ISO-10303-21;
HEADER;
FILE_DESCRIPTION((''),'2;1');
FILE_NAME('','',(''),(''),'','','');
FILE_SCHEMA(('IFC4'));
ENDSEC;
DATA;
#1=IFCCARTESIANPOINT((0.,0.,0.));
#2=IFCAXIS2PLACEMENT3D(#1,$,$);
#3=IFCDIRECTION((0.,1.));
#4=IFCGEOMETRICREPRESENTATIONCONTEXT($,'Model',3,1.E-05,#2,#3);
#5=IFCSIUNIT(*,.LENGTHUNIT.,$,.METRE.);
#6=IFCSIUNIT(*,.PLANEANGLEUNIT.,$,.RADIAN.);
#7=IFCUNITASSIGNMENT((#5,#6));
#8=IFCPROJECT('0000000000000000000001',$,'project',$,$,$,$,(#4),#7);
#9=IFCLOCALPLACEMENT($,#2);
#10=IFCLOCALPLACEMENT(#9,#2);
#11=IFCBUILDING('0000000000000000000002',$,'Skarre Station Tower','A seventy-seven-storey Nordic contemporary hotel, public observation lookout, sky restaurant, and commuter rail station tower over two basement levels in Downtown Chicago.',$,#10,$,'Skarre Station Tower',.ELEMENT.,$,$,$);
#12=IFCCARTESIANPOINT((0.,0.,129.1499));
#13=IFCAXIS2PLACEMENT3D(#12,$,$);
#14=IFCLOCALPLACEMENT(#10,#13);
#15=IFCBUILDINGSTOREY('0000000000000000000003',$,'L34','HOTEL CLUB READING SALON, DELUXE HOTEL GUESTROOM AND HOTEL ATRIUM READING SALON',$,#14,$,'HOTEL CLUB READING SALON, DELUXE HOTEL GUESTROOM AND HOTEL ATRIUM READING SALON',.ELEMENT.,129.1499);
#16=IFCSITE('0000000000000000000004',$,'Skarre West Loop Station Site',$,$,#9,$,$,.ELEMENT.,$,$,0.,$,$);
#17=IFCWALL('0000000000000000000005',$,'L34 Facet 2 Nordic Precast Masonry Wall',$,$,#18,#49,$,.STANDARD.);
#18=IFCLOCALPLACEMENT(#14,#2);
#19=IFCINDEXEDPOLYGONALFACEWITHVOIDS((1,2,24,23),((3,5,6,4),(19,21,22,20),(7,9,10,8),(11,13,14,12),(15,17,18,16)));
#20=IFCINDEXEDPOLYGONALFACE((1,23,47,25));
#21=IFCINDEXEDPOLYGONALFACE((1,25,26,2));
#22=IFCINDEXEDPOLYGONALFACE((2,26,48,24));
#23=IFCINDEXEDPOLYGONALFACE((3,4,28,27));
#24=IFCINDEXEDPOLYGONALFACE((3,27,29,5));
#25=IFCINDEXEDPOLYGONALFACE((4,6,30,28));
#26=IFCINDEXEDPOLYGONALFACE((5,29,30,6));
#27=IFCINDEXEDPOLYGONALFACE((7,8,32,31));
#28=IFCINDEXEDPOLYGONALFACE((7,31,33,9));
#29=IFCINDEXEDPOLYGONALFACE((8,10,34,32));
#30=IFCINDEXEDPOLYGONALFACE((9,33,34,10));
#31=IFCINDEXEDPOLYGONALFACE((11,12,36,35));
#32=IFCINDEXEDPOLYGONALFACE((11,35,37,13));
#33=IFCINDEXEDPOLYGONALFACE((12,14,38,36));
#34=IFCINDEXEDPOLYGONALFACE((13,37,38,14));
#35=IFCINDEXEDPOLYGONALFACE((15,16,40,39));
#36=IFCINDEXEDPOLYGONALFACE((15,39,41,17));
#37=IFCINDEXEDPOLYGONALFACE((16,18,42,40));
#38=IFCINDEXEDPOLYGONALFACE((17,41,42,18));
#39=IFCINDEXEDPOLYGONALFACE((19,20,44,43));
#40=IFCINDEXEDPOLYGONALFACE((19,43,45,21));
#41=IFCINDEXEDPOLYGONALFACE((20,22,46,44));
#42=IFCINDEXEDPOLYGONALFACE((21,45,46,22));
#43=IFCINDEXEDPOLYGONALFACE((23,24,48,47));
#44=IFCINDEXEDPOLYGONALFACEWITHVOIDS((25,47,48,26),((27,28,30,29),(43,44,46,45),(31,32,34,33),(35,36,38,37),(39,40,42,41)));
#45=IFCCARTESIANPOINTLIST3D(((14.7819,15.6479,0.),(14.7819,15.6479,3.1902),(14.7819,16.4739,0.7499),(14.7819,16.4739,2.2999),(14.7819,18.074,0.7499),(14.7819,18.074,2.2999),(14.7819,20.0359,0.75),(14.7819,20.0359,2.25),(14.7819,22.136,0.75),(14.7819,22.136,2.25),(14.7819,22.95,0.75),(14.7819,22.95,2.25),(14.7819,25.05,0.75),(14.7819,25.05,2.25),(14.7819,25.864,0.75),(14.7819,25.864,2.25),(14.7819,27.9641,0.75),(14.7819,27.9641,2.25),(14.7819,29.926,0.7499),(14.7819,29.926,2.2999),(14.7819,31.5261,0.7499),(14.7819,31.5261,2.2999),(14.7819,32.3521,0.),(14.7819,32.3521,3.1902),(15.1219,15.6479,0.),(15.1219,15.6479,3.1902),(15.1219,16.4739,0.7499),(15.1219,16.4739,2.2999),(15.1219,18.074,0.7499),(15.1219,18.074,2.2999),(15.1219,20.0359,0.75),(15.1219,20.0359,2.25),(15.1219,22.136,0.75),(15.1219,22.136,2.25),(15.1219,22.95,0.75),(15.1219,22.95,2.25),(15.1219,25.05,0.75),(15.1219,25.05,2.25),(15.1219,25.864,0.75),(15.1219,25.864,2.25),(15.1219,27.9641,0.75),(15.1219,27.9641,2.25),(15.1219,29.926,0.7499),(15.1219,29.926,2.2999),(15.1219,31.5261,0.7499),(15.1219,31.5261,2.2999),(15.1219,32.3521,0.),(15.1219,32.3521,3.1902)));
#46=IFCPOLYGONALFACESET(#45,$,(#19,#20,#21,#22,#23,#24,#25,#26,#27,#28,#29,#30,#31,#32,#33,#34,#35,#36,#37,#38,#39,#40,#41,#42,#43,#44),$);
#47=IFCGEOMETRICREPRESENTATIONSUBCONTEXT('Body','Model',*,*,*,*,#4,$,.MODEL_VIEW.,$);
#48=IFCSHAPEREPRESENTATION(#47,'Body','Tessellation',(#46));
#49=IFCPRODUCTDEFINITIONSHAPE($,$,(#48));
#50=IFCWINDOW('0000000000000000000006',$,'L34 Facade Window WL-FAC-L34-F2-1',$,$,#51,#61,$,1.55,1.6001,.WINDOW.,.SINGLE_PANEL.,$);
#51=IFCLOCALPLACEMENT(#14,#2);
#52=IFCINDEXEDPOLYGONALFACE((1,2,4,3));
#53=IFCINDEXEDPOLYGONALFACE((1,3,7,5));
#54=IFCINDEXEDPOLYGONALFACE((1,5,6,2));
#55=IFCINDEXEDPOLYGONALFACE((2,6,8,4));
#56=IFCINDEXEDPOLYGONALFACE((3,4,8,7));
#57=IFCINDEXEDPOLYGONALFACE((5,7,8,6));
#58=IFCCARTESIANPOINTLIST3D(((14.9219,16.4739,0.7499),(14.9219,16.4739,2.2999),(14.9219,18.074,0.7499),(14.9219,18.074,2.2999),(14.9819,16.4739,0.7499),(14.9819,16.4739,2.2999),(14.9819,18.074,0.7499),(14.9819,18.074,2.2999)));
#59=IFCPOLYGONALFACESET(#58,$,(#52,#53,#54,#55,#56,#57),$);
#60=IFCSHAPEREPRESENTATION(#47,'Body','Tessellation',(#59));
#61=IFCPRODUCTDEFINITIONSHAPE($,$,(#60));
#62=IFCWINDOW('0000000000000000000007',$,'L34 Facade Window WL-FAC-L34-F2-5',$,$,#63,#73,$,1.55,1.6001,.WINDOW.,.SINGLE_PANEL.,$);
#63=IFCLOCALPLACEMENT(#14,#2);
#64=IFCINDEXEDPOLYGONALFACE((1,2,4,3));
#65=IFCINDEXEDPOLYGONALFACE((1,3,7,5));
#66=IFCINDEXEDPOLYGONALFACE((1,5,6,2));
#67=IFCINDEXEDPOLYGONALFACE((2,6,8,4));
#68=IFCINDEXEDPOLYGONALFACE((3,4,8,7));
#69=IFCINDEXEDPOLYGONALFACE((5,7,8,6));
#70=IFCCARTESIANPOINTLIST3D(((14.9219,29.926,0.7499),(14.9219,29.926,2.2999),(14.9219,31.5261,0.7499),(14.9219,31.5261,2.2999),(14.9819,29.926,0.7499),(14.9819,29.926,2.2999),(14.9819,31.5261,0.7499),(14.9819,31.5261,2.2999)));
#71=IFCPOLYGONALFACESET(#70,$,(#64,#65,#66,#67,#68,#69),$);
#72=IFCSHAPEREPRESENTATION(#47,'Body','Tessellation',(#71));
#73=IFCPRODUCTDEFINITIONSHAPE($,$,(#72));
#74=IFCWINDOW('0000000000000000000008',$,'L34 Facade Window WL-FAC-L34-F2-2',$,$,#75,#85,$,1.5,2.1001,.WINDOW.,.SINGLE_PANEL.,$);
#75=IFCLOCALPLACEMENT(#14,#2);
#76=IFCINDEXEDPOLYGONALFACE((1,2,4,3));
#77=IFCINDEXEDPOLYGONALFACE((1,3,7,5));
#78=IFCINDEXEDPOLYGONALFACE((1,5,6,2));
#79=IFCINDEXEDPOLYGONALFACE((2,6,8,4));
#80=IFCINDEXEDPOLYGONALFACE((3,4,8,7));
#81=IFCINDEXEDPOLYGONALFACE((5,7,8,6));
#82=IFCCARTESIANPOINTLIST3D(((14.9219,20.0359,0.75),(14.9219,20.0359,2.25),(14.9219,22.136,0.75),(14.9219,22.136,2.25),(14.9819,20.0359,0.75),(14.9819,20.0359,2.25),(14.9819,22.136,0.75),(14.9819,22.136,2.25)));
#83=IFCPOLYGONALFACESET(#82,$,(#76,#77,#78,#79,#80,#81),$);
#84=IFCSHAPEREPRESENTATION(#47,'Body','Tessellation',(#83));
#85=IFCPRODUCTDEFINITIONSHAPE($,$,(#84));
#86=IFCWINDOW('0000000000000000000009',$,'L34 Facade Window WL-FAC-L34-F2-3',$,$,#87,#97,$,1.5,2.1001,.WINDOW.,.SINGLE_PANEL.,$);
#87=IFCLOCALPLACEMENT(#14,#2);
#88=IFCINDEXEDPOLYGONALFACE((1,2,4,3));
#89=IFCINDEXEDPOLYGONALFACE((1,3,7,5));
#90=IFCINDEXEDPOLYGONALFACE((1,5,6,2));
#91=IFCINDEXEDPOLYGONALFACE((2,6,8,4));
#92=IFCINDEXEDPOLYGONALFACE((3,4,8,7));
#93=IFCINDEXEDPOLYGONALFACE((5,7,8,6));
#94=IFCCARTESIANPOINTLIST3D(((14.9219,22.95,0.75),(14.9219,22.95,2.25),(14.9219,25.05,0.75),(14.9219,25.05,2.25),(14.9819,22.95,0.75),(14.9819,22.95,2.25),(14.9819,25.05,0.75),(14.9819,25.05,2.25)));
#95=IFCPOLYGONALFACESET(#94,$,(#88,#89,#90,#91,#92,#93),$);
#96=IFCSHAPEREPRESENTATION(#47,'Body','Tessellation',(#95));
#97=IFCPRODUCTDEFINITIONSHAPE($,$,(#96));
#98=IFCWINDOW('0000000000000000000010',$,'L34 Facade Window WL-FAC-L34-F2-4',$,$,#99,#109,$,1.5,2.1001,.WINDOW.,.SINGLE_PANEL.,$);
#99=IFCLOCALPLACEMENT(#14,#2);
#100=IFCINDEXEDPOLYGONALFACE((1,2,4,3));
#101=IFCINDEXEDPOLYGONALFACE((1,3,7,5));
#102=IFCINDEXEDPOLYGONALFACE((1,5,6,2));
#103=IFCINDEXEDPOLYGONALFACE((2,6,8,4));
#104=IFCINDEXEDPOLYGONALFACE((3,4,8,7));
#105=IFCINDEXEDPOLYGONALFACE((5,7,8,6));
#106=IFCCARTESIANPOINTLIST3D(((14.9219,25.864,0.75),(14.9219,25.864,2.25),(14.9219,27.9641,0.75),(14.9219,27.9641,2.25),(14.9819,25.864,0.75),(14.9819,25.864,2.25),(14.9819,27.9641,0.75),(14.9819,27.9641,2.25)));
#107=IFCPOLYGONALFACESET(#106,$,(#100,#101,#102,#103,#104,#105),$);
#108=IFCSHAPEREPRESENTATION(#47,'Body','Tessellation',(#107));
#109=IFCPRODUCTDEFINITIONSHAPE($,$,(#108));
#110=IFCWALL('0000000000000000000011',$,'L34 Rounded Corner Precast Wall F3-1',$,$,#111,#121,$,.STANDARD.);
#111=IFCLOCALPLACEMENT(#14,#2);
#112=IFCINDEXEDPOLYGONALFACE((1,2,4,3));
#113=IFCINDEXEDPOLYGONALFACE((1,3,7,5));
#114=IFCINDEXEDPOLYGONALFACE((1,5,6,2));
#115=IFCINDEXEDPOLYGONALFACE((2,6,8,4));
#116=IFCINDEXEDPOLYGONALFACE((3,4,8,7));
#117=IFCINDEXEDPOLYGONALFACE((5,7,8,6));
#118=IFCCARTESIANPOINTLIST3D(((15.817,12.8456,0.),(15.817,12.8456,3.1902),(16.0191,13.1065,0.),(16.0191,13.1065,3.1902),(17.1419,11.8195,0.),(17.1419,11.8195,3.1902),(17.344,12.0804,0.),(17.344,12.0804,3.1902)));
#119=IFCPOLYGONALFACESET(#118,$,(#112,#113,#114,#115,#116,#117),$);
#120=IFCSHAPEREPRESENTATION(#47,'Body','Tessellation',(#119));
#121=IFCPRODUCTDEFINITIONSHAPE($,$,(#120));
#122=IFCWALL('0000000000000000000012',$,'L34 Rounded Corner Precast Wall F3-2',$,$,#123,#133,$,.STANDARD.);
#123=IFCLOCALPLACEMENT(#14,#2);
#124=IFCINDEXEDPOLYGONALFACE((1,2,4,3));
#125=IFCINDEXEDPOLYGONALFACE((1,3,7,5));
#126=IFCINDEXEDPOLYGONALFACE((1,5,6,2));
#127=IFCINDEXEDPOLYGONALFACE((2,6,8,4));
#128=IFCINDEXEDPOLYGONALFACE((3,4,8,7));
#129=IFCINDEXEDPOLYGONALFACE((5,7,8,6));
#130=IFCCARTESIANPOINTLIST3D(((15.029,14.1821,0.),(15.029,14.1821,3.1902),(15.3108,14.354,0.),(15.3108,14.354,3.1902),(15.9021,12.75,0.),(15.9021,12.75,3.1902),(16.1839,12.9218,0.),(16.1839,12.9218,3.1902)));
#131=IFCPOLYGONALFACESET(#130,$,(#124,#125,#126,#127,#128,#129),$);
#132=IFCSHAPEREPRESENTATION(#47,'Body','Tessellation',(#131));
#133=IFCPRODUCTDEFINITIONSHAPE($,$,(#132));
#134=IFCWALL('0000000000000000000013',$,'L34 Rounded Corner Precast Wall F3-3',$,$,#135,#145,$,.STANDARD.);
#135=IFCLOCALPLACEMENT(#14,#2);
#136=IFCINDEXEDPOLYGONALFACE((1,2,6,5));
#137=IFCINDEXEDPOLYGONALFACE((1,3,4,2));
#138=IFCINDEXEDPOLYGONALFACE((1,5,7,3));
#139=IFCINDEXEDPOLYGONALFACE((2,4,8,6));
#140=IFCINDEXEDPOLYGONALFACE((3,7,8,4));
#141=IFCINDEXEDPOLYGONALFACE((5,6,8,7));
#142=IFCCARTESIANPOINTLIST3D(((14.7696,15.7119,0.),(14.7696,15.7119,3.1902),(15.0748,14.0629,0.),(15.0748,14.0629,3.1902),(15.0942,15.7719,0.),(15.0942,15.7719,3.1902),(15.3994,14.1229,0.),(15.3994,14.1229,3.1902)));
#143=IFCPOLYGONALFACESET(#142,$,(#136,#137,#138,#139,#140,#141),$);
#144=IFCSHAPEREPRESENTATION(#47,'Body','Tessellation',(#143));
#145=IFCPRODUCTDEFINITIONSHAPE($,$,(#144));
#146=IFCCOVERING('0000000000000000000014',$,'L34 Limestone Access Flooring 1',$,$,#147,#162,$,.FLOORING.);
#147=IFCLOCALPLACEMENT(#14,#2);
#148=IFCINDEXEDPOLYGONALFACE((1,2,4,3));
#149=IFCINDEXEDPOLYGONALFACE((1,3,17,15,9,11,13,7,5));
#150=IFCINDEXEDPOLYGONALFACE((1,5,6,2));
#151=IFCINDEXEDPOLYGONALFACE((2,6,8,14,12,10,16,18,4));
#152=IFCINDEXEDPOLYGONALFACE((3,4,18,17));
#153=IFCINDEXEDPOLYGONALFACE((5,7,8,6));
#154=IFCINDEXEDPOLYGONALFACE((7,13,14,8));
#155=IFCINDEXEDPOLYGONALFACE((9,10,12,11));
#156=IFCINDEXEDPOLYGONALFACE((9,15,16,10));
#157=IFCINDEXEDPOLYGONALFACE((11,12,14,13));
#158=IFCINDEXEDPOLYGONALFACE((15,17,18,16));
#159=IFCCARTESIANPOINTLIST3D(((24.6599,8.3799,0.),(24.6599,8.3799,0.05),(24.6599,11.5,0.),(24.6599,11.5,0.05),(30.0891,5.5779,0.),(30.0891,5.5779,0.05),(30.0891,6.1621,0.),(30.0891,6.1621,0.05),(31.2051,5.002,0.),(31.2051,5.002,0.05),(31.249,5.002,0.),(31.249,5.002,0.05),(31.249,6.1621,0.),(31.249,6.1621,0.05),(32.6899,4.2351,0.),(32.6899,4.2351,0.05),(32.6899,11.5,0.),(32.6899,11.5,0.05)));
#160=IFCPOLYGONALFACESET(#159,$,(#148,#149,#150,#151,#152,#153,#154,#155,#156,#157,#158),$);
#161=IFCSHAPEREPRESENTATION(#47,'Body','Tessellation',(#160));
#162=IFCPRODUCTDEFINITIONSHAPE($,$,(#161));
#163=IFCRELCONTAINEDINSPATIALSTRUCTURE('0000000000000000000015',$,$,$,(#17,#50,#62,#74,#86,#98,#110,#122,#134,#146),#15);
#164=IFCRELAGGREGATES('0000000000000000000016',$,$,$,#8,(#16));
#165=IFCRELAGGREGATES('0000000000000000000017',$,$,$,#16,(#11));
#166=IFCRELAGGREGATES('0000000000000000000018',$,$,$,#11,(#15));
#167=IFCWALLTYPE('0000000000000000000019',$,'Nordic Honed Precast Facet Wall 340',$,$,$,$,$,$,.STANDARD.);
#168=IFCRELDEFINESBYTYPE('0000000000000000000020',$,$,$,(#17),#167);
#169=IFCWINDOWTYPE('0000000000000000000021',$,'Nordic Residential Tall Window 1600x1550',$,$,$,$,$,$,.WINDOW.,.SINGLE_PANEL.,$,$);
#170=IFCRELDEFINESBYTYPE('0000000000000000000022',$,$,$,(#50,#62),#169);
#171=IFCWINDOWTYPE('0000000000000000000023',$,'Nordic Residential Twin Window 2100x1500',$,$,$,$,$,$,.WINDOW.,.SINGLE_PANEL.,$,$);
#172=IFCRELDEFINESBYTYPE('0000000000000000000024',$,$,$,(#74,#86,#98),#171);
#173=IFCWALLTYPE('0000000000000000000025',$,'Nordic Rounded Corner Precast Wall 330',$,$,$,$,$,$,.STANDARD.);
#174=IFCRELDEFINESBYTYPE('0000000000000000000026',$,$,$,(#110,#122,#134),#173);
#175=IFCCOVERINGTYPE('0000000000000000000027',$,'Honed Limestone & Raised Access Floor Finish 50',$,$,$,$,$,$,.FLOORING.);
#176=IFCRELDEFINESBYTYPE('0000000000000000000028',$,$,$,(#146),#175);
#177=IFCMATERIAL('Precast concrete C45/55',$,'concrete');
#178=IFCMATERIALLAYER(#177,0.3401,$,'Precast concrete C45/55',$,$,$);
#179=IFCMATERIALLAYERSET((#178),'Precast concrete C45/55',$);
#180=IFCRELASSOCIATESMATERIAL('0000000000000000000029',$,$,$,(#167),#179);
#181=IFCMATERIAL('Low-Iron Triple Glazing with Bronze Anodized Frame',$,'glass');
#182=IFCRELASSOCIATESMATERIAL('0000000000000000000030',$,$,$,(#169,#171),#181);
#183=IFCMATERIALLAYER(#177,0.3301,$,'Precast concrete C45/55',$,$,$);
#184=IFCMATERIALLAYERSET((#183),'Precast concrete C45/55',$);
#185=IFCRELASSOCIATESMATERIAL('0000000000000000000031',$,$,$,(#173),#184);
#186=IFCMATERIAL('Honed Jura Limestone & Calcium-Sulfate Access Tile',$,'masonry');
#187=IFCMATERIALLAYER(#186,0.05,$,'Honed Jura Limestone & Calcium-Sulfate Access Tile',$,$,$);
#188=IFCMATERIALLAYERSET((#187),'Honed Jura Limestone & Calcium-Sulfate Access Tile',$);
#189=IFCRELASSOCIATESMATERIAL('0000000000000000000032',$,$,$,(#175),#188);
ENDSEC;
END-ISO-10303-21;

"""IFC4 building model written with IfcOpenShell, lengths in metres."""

from ifc_helpers import new_model, si_unit, direction, frame, frame_2d, origin, place, context, subcontext, project, spatial, polyline, rectangle, outline, extrude, material, layer, layer_set, type_object, element, fill, save


model = new_model("IFC4")

# Units and contexts
model_context = context("Model", 3, precision=1e-05, world=origin(), true_north=direction((0.0, 1.0)))
body_context = subcontext(model_context, "Body", "Model", "MODEL_VIEW")
ifc_project = project(units=[si_unit("LENGTHUNIT", "METRE"), si_unit("PLANEANGLEUNIT", "RADIAN")], contexts=[model_context])

# Site, building, storey
site_placement = place(None, origin())
site = spatial("IfcSite", under=ifc_project, at=site_placement, Name="Skarre West Loop Station Site", CompositionType="ELEMENT", RefElevation=0.0)
building_placement = place(site_placement, origin())
building = spatial("IfcBuilding", under=site, at=building_placement, Name="Skarre Station Tower", Description="A seventy-seven-storey Nordic contemporary hotel, public observation lookout, sky restaurant, and commuter rail station tower over two basement levels in Downtown Chicago.", LongName="Skarre Station Tower", CompositionType="ELEMENT")
storey_placement = place(building_placement, frame((0.0, 0.0, 129.1499)))
storey = spatial("IfcBuildingStorey", under=building, at=storey_placement, Name="L34", Description="HOTEL CLUB READING SALON, DELUXE HOTEL GUESTROOM AND HOTEL ATRIUM READING SALON", LongName="HOTEL CLUB READING SALON, DELUXE HOTEL GUESTROOM AND HOTEL ATRIUM READING SALON", CompositionType="ELEMENT", Elevation=129.1499)

# Wall, openings, windows
ifc_material_1 = material(Name="Precast concrete C45/55", Category="concrete")
ifc_layer_1 = layer(ifc_material_1, 0.3401, Name="Precast concrete C45/55")
ifc_layer_set_1 = layer_set([ifc_layer_1], Name="Precast concrete C45/55")
wall_type_1 = type_object("IfcWallType", Name="Nordic Honed Precast Facet Wall 340", PredefinedType="STANDARD", material=ifc_layer_set_1)
wall_1_placement = place(storey_placement, frame((14.9519, 15.6479, 0.0), z_axis=(0.0, 0.0, 1.0), x_axis=(0.0, 1.0, 0.0)))
wall_1 = element("IfcWall", 1, at=wall_1_placement, inside=storey, type_object=wall_type_1, Name="L34 Facet 2 Nordic Precast Masonry Wall", PredefinedType="STANDARD", context=body_context, shape_type="SweptSolid", body=[
    extrude(rectangle(XDim=16.7041, YDim=0.3401, at=frame_2d((8.3521, 0.0))), origin(), (0.0, 0.0, 1.0), 3.1902),
])
opening_1_placement = place(wall_1_placement, frame((0.8259, 0.0, 0.75)))
opening_1 = element("IfcOpeningElement", 2, at=opening_1_placement, cuts=wall_1, PredefinedType="OPENING", context=body_context, shape_type="SweptSolid", body=[
    extrude(rectangle(XDim=1.6001, YDim=1.55, at=frame_2d((0.8, 0.7749))), frame((0.0, 0.1799, 0.0), z_axis=(0.0, -1.0, 0.0), x_axis=(1.0, 0.0, 0.0)), (0.0, 0.0, 1.0), 0.3601),
])
opening_2_placement = place(wall_1_placement, frame((4.3879, 0.0, 0.75)))
opening_2 = element("IfcOpeningElement", 3, at=opening_2_placement, cuts=wall_1, PredefinedType="OPENING", context=body_context, shape_type="SweptSolid", body=[
    extrude(rectangle(XDim=2.1001, YDim=1.5, at=frame_2d((1.05, 0.75))), frame((0.0, 0.1799, 0.0), z_axis=(0.0, -1.0, 0.0), x_axis=(1.0, 0.0, 0.0)), (0.0, 0.0, 1.0), 0.3601),
])
opening_3_placement = place(wall_1_placement, frame((7.302, 0.0, 0.75)))
opening_3 = element("IfcOpeningElement", 4, at=opening_3_placement, cuts=wall_1, PredefinedType="OPENING", context=body_context, shape_type="SweptSolid", body=[
    extrude(rectangle(XDim=2.1001, YDim=1.5, at=frame_2d((1.05, 0.75))), frame((0.0, 0.1799, 0.0), z_axis=(0.0, -1.0, 0.0), x_axis=(1.0, 0.0, 0.0)), (0.0, 0.0, 1.0), 0.3601),
])
opening_4_placement = place(wall_1_placement, frame((10.2161, 0.0, 0.75)))
opening_4 = element("IfcOpeningElement", 5, at=opening_4_placement, cuts=wall_1, PredefinedType="OPENING", context=body_context, shape_type="SweptSolid", body=[
    extrude(rectangle(XDim=2.1001, YDim=1.5, at=frame_2d((1.05, 0.75))), frame((0.0, 0.1799, 0.0), z_axis=(0.0, -1.0, 0.0), x_axis=(1.0, 0.0, 0.0)), (0.0, 0.0, 1.0), 0.3601),
])
opening_5_placement = place(wall_1_placement, frame((14.2781, 0.0, 0.75)))
opening_5 = element("IfcOpeningElement", 6, at=opening_5_placement, cuts=wall_1, PredefinedType="OPENING", context=body_context, shape_type="SweptSolid", body=[
    extrude(rectangle(XDim=1.6001, YDim=1.55, at=frame_2d((0.8, 0.7749))), frame((0.0, 0.1799, 0.0), z_axis=(0.0, -1.0, 0.0), x_axis=(1.0, 0.0, 0.0)), (0.0, 0.0, 1.0), 0.3601),
])
ifc_material_2 = material(Name="Low-Iron Triple Glazing with Bronze Anodized Frame", Category="glass")
window_type_1 = type_object("IfcWindowType", Name="Nordic Residential Tall Window 1600x1550", PartitioningType="SINGLE_PANEL", PredefinedType="WINDOW", material=ifc_material_2)
window_1_placement = place(opening_1_placement, origin())
window_1 = element("IfcWindow", 7, at=window_1_placement, inside=storey, type_object=window_type_1, Name="L34 Facade Window WL-FAC-L34-F2-1", OverallHeight=1.55, OverallWidth=1.6001, PartitioningType="SINGLE_PANEL", PredefinedType="WINDOW", context=body_context, shape_type="SweptSolid", body=[
    extrude(rectangle(XDim=1.6001, YDim=1.55, at=frame_2d((0.8, 0.7749))), frame((0.0, 0.03, 0.0), z_axis=(0.0, -1.0, 0.0), x_axis=(1.0, 0.0, 0.0)), (0.0, 0.0, 1.0), 0.0601),
])
fill(opening_1, window_1)
window_2_placement = place(opening_5_placement, origin())
window_2 = element("IfcWindow", 8, at=window_2_placement, inside=storey, type_object=window_type_1, Name="L34 Facade Window WL-FAC-L34-F2-5", OverallHeight=1.55, OverallWidth=1.6001, PartitioningType="SINGLE_PANEL", PredefinedType="WINDOW", context=body_context, shape_type="SweptSolid", body=[
    extrude(rectangle(XDim=1.6001, YDim=1.55, at=frame_2d((0.8, 0.7749))), frame((0.0, 0.03, 0.0), z_axis=(0.0, -1.0, 0.0), x_axis=(1.0, 0.0, 0.0)), (0.0, 0.0, 1.0), 0.0601),
])
fill(opening_5, window_2)
window_type_2 = type_object("IfcWindowType", Name="Nordic Residential Twin Window 2100x1500", PartitioningType="SINGLE_PANEL", PredefinedType="WINDOW", material=ifc_material_2)
window_3_placement = place(opening_2_placement, origin())
window_3 = element("IfcWindow", 9, at=window_3_placement, inside=storey, type_object=window_type_2, Name="L34 Facade Window WL-FAC-L34-F2-2", OverallHeight=1.5, OverallWidth=2.1001, PartitioningType="SINGLE_PANEL", PredefinedType="WINDOW", context=body_context, shape_type="SweptSolid", body=[
    extrude(rectangle(XDim=2.1001, YDim=1.5, at=frame_2d((1.05, 0.75))), frame((0.0, 0.03, 0.0), z_axis=(0.0, -1.0, 0.0), x_axis=(1.0, 0.0, 0.0)), (0.0, 0.0, 1.0), 0.0601),
])
fill(opening_2, window_3)
window_4_placement = place(opening_3_placement, origin())
window_4 = element("IfcWindow", 10, at=window_4_placement, inside=storey, type_object=window_type_2, Name="L34 Facade Window WL-FAC-L34-F2-3", OverallHeight=1.5, OverallWidth=2.1001, PartitioningType="SINGLE_PANEL", PredefinedType="WINDOW", context=body_context, shape_type="SweptSolid", body=[
    extrude(rectangle(XDim=2.1001, YDim=1.5, at=frame_2d((1.05, 0.75))), frame((0.0, 0.03, 0.0), z_axis=(0.0, -1.0, 0.0), x_axis=(1.0, 0.0, 0.0)), (0.0, 0.0, 1.0), 0.0601),
])
fill(opening_3, window_4)
window_5_placement = place(opening_4_placement, origin())
window_5 = element("IfcWindow", 11, at=window_5_placement, inside=storey, type_object=window_type_2, Name="L34 Facade Window WL-FAC-L34-F2-4", OverallHeight=1.5, OverallWidth=2.1001, PartitioningType="SINGLE_PANEL", PredefinedType="WINDOW", context=body_context, shape_type="SweptSolid", body=[
    extrude(rectangle(XDim=2.1001, YDim=1.5, at=frame_2d((1.05, 0.75))), frame((0.0, 0.03, 0.0), z_axis=(0.0, -1.0, 0.0), x_axis=(1.0, 0.0, 0.0)), (0.0, 0.0, 1.0), 0.0601),
])
fill(opening_4, window_5)

# Walls
ifc_layer_2 = layer(ifc_material_1, 0.3301, Name="Precast concrete C45/55")
ifc_layer_set_2 = layer_set([ifc_layer_2], Name="Precast concrete C45/55")
wall_type_2 = type_object("IfcWallType", Name="Nordic Rounded Corner Precast Wall 330", PredefinedType="STANDARD", material=ifc_layer_set_2)
wall_2_placement = place(storey_placement, frame((17.2429, 11.95, 0.0), z_axis=(0.0, 0.0, 1.0), x_axis=(-0.790621, 0.612305, 0.0)))
element("IfcWall", 12, at=wall_2_placement, inside=storey, type_object=wall_type_2, Name="L34 Rounded Corner Precast Wall F3-1", PredefinedType="STANDARD", context=body_context, shape_type="SweptSolid", body=[
    extrude(rectangle(XDim=1.6758, YDim=0.3301, at=frame_2d((0.8379, 0.0))), origin(), (0.0, 0.0, 1.0), 3.1902),
])
wall_3_placement = place(storey_placement, frame((16.043, 12.8359, 0.0), z_axis=(0.0, 0.0, 1.0), x_axis=(-0.520519, 0.85385, 0.0)))
element("IfcWall", 13, at=wall_3_placement, inside=storey, type_object=wall_type_2, Name="L34 Rounded Corner Precast Wall F3-2", PredefinedType="STANDARD", context=body_context, shape_type="SweptSolid", body=[
    extrude(rectangle(XDim=1.6772, YDim=0.3301, at=frame_2d((0.8386, 0.0))), origin(), (0.0, 0.0, 1.0), 3.1902),
])
wall_4_placement = place(storey_placement, frame((15.2371, 14.093, 0.0), z_axis=(0.0, 0.0, 1.0), x_axis=(-0.181985, 0.983301, 0.0)))
element("IfcWall", 14, at=wall_4_placement, inside=storey, type_object=wall_type_2, Name="L34 Rounded Corner Precast Wall F3-3", PredefinedType="STANDARD", context=body_context, shape_type="SweptSolid", body=[
    extrude(rectangle(XDim=1.677, YDim=0.3301, at=frame_2d((0.8384, 0.0))), origin(), (0.0, 0.0, 1.0), 3.1902),
])

# Covering
ifc_material_3 = material(Name="Honed Jura Limestone & Calcium-Sulfate Access Tile", Category="masonry")
ifc_layer_3 = layer(ifc_material_3, 0.05, Name="Honed Jura Limestone & Calcium-Sulfate Access Tile")
ifc_layer_set_3 = layer_set([ifc_layer_3], Name="Honed Jura Limestone & Calcium-Sulfate Access Tile")
covering_type_1 = type_object("IfcCoveringType", Name="Honed Limestone & Raised Access Floor Finish 50", PredefinedType="FLOORING", material=ifc_layer_set_3)
covering_1_placement = place(storey_placement, origin())
element("IfcCovering", 15, at=covering_1_placement, inside=storey, type_object=covering_type_1, Name="L34 Limestone Access Flooring 1", PredefinedType="FLOORING", context=body_context, shape_type="SweptSolid", body=[
    extrude(outline(polyline([(24.6599, 8.3799), (30.0891, 5.5779), (30.0891, 6.1621), (31.249, 6.1621), (31.249, 5.002), (31.2051, 5.002), (32.6899, 4.2351), (32.6899, 11.5), (24.6599, 11.5), (24.6599, 8.3799)])), origin(), (0.0, 0.0, 1.0), 0.05),
])

save(model, "model.ifc")
